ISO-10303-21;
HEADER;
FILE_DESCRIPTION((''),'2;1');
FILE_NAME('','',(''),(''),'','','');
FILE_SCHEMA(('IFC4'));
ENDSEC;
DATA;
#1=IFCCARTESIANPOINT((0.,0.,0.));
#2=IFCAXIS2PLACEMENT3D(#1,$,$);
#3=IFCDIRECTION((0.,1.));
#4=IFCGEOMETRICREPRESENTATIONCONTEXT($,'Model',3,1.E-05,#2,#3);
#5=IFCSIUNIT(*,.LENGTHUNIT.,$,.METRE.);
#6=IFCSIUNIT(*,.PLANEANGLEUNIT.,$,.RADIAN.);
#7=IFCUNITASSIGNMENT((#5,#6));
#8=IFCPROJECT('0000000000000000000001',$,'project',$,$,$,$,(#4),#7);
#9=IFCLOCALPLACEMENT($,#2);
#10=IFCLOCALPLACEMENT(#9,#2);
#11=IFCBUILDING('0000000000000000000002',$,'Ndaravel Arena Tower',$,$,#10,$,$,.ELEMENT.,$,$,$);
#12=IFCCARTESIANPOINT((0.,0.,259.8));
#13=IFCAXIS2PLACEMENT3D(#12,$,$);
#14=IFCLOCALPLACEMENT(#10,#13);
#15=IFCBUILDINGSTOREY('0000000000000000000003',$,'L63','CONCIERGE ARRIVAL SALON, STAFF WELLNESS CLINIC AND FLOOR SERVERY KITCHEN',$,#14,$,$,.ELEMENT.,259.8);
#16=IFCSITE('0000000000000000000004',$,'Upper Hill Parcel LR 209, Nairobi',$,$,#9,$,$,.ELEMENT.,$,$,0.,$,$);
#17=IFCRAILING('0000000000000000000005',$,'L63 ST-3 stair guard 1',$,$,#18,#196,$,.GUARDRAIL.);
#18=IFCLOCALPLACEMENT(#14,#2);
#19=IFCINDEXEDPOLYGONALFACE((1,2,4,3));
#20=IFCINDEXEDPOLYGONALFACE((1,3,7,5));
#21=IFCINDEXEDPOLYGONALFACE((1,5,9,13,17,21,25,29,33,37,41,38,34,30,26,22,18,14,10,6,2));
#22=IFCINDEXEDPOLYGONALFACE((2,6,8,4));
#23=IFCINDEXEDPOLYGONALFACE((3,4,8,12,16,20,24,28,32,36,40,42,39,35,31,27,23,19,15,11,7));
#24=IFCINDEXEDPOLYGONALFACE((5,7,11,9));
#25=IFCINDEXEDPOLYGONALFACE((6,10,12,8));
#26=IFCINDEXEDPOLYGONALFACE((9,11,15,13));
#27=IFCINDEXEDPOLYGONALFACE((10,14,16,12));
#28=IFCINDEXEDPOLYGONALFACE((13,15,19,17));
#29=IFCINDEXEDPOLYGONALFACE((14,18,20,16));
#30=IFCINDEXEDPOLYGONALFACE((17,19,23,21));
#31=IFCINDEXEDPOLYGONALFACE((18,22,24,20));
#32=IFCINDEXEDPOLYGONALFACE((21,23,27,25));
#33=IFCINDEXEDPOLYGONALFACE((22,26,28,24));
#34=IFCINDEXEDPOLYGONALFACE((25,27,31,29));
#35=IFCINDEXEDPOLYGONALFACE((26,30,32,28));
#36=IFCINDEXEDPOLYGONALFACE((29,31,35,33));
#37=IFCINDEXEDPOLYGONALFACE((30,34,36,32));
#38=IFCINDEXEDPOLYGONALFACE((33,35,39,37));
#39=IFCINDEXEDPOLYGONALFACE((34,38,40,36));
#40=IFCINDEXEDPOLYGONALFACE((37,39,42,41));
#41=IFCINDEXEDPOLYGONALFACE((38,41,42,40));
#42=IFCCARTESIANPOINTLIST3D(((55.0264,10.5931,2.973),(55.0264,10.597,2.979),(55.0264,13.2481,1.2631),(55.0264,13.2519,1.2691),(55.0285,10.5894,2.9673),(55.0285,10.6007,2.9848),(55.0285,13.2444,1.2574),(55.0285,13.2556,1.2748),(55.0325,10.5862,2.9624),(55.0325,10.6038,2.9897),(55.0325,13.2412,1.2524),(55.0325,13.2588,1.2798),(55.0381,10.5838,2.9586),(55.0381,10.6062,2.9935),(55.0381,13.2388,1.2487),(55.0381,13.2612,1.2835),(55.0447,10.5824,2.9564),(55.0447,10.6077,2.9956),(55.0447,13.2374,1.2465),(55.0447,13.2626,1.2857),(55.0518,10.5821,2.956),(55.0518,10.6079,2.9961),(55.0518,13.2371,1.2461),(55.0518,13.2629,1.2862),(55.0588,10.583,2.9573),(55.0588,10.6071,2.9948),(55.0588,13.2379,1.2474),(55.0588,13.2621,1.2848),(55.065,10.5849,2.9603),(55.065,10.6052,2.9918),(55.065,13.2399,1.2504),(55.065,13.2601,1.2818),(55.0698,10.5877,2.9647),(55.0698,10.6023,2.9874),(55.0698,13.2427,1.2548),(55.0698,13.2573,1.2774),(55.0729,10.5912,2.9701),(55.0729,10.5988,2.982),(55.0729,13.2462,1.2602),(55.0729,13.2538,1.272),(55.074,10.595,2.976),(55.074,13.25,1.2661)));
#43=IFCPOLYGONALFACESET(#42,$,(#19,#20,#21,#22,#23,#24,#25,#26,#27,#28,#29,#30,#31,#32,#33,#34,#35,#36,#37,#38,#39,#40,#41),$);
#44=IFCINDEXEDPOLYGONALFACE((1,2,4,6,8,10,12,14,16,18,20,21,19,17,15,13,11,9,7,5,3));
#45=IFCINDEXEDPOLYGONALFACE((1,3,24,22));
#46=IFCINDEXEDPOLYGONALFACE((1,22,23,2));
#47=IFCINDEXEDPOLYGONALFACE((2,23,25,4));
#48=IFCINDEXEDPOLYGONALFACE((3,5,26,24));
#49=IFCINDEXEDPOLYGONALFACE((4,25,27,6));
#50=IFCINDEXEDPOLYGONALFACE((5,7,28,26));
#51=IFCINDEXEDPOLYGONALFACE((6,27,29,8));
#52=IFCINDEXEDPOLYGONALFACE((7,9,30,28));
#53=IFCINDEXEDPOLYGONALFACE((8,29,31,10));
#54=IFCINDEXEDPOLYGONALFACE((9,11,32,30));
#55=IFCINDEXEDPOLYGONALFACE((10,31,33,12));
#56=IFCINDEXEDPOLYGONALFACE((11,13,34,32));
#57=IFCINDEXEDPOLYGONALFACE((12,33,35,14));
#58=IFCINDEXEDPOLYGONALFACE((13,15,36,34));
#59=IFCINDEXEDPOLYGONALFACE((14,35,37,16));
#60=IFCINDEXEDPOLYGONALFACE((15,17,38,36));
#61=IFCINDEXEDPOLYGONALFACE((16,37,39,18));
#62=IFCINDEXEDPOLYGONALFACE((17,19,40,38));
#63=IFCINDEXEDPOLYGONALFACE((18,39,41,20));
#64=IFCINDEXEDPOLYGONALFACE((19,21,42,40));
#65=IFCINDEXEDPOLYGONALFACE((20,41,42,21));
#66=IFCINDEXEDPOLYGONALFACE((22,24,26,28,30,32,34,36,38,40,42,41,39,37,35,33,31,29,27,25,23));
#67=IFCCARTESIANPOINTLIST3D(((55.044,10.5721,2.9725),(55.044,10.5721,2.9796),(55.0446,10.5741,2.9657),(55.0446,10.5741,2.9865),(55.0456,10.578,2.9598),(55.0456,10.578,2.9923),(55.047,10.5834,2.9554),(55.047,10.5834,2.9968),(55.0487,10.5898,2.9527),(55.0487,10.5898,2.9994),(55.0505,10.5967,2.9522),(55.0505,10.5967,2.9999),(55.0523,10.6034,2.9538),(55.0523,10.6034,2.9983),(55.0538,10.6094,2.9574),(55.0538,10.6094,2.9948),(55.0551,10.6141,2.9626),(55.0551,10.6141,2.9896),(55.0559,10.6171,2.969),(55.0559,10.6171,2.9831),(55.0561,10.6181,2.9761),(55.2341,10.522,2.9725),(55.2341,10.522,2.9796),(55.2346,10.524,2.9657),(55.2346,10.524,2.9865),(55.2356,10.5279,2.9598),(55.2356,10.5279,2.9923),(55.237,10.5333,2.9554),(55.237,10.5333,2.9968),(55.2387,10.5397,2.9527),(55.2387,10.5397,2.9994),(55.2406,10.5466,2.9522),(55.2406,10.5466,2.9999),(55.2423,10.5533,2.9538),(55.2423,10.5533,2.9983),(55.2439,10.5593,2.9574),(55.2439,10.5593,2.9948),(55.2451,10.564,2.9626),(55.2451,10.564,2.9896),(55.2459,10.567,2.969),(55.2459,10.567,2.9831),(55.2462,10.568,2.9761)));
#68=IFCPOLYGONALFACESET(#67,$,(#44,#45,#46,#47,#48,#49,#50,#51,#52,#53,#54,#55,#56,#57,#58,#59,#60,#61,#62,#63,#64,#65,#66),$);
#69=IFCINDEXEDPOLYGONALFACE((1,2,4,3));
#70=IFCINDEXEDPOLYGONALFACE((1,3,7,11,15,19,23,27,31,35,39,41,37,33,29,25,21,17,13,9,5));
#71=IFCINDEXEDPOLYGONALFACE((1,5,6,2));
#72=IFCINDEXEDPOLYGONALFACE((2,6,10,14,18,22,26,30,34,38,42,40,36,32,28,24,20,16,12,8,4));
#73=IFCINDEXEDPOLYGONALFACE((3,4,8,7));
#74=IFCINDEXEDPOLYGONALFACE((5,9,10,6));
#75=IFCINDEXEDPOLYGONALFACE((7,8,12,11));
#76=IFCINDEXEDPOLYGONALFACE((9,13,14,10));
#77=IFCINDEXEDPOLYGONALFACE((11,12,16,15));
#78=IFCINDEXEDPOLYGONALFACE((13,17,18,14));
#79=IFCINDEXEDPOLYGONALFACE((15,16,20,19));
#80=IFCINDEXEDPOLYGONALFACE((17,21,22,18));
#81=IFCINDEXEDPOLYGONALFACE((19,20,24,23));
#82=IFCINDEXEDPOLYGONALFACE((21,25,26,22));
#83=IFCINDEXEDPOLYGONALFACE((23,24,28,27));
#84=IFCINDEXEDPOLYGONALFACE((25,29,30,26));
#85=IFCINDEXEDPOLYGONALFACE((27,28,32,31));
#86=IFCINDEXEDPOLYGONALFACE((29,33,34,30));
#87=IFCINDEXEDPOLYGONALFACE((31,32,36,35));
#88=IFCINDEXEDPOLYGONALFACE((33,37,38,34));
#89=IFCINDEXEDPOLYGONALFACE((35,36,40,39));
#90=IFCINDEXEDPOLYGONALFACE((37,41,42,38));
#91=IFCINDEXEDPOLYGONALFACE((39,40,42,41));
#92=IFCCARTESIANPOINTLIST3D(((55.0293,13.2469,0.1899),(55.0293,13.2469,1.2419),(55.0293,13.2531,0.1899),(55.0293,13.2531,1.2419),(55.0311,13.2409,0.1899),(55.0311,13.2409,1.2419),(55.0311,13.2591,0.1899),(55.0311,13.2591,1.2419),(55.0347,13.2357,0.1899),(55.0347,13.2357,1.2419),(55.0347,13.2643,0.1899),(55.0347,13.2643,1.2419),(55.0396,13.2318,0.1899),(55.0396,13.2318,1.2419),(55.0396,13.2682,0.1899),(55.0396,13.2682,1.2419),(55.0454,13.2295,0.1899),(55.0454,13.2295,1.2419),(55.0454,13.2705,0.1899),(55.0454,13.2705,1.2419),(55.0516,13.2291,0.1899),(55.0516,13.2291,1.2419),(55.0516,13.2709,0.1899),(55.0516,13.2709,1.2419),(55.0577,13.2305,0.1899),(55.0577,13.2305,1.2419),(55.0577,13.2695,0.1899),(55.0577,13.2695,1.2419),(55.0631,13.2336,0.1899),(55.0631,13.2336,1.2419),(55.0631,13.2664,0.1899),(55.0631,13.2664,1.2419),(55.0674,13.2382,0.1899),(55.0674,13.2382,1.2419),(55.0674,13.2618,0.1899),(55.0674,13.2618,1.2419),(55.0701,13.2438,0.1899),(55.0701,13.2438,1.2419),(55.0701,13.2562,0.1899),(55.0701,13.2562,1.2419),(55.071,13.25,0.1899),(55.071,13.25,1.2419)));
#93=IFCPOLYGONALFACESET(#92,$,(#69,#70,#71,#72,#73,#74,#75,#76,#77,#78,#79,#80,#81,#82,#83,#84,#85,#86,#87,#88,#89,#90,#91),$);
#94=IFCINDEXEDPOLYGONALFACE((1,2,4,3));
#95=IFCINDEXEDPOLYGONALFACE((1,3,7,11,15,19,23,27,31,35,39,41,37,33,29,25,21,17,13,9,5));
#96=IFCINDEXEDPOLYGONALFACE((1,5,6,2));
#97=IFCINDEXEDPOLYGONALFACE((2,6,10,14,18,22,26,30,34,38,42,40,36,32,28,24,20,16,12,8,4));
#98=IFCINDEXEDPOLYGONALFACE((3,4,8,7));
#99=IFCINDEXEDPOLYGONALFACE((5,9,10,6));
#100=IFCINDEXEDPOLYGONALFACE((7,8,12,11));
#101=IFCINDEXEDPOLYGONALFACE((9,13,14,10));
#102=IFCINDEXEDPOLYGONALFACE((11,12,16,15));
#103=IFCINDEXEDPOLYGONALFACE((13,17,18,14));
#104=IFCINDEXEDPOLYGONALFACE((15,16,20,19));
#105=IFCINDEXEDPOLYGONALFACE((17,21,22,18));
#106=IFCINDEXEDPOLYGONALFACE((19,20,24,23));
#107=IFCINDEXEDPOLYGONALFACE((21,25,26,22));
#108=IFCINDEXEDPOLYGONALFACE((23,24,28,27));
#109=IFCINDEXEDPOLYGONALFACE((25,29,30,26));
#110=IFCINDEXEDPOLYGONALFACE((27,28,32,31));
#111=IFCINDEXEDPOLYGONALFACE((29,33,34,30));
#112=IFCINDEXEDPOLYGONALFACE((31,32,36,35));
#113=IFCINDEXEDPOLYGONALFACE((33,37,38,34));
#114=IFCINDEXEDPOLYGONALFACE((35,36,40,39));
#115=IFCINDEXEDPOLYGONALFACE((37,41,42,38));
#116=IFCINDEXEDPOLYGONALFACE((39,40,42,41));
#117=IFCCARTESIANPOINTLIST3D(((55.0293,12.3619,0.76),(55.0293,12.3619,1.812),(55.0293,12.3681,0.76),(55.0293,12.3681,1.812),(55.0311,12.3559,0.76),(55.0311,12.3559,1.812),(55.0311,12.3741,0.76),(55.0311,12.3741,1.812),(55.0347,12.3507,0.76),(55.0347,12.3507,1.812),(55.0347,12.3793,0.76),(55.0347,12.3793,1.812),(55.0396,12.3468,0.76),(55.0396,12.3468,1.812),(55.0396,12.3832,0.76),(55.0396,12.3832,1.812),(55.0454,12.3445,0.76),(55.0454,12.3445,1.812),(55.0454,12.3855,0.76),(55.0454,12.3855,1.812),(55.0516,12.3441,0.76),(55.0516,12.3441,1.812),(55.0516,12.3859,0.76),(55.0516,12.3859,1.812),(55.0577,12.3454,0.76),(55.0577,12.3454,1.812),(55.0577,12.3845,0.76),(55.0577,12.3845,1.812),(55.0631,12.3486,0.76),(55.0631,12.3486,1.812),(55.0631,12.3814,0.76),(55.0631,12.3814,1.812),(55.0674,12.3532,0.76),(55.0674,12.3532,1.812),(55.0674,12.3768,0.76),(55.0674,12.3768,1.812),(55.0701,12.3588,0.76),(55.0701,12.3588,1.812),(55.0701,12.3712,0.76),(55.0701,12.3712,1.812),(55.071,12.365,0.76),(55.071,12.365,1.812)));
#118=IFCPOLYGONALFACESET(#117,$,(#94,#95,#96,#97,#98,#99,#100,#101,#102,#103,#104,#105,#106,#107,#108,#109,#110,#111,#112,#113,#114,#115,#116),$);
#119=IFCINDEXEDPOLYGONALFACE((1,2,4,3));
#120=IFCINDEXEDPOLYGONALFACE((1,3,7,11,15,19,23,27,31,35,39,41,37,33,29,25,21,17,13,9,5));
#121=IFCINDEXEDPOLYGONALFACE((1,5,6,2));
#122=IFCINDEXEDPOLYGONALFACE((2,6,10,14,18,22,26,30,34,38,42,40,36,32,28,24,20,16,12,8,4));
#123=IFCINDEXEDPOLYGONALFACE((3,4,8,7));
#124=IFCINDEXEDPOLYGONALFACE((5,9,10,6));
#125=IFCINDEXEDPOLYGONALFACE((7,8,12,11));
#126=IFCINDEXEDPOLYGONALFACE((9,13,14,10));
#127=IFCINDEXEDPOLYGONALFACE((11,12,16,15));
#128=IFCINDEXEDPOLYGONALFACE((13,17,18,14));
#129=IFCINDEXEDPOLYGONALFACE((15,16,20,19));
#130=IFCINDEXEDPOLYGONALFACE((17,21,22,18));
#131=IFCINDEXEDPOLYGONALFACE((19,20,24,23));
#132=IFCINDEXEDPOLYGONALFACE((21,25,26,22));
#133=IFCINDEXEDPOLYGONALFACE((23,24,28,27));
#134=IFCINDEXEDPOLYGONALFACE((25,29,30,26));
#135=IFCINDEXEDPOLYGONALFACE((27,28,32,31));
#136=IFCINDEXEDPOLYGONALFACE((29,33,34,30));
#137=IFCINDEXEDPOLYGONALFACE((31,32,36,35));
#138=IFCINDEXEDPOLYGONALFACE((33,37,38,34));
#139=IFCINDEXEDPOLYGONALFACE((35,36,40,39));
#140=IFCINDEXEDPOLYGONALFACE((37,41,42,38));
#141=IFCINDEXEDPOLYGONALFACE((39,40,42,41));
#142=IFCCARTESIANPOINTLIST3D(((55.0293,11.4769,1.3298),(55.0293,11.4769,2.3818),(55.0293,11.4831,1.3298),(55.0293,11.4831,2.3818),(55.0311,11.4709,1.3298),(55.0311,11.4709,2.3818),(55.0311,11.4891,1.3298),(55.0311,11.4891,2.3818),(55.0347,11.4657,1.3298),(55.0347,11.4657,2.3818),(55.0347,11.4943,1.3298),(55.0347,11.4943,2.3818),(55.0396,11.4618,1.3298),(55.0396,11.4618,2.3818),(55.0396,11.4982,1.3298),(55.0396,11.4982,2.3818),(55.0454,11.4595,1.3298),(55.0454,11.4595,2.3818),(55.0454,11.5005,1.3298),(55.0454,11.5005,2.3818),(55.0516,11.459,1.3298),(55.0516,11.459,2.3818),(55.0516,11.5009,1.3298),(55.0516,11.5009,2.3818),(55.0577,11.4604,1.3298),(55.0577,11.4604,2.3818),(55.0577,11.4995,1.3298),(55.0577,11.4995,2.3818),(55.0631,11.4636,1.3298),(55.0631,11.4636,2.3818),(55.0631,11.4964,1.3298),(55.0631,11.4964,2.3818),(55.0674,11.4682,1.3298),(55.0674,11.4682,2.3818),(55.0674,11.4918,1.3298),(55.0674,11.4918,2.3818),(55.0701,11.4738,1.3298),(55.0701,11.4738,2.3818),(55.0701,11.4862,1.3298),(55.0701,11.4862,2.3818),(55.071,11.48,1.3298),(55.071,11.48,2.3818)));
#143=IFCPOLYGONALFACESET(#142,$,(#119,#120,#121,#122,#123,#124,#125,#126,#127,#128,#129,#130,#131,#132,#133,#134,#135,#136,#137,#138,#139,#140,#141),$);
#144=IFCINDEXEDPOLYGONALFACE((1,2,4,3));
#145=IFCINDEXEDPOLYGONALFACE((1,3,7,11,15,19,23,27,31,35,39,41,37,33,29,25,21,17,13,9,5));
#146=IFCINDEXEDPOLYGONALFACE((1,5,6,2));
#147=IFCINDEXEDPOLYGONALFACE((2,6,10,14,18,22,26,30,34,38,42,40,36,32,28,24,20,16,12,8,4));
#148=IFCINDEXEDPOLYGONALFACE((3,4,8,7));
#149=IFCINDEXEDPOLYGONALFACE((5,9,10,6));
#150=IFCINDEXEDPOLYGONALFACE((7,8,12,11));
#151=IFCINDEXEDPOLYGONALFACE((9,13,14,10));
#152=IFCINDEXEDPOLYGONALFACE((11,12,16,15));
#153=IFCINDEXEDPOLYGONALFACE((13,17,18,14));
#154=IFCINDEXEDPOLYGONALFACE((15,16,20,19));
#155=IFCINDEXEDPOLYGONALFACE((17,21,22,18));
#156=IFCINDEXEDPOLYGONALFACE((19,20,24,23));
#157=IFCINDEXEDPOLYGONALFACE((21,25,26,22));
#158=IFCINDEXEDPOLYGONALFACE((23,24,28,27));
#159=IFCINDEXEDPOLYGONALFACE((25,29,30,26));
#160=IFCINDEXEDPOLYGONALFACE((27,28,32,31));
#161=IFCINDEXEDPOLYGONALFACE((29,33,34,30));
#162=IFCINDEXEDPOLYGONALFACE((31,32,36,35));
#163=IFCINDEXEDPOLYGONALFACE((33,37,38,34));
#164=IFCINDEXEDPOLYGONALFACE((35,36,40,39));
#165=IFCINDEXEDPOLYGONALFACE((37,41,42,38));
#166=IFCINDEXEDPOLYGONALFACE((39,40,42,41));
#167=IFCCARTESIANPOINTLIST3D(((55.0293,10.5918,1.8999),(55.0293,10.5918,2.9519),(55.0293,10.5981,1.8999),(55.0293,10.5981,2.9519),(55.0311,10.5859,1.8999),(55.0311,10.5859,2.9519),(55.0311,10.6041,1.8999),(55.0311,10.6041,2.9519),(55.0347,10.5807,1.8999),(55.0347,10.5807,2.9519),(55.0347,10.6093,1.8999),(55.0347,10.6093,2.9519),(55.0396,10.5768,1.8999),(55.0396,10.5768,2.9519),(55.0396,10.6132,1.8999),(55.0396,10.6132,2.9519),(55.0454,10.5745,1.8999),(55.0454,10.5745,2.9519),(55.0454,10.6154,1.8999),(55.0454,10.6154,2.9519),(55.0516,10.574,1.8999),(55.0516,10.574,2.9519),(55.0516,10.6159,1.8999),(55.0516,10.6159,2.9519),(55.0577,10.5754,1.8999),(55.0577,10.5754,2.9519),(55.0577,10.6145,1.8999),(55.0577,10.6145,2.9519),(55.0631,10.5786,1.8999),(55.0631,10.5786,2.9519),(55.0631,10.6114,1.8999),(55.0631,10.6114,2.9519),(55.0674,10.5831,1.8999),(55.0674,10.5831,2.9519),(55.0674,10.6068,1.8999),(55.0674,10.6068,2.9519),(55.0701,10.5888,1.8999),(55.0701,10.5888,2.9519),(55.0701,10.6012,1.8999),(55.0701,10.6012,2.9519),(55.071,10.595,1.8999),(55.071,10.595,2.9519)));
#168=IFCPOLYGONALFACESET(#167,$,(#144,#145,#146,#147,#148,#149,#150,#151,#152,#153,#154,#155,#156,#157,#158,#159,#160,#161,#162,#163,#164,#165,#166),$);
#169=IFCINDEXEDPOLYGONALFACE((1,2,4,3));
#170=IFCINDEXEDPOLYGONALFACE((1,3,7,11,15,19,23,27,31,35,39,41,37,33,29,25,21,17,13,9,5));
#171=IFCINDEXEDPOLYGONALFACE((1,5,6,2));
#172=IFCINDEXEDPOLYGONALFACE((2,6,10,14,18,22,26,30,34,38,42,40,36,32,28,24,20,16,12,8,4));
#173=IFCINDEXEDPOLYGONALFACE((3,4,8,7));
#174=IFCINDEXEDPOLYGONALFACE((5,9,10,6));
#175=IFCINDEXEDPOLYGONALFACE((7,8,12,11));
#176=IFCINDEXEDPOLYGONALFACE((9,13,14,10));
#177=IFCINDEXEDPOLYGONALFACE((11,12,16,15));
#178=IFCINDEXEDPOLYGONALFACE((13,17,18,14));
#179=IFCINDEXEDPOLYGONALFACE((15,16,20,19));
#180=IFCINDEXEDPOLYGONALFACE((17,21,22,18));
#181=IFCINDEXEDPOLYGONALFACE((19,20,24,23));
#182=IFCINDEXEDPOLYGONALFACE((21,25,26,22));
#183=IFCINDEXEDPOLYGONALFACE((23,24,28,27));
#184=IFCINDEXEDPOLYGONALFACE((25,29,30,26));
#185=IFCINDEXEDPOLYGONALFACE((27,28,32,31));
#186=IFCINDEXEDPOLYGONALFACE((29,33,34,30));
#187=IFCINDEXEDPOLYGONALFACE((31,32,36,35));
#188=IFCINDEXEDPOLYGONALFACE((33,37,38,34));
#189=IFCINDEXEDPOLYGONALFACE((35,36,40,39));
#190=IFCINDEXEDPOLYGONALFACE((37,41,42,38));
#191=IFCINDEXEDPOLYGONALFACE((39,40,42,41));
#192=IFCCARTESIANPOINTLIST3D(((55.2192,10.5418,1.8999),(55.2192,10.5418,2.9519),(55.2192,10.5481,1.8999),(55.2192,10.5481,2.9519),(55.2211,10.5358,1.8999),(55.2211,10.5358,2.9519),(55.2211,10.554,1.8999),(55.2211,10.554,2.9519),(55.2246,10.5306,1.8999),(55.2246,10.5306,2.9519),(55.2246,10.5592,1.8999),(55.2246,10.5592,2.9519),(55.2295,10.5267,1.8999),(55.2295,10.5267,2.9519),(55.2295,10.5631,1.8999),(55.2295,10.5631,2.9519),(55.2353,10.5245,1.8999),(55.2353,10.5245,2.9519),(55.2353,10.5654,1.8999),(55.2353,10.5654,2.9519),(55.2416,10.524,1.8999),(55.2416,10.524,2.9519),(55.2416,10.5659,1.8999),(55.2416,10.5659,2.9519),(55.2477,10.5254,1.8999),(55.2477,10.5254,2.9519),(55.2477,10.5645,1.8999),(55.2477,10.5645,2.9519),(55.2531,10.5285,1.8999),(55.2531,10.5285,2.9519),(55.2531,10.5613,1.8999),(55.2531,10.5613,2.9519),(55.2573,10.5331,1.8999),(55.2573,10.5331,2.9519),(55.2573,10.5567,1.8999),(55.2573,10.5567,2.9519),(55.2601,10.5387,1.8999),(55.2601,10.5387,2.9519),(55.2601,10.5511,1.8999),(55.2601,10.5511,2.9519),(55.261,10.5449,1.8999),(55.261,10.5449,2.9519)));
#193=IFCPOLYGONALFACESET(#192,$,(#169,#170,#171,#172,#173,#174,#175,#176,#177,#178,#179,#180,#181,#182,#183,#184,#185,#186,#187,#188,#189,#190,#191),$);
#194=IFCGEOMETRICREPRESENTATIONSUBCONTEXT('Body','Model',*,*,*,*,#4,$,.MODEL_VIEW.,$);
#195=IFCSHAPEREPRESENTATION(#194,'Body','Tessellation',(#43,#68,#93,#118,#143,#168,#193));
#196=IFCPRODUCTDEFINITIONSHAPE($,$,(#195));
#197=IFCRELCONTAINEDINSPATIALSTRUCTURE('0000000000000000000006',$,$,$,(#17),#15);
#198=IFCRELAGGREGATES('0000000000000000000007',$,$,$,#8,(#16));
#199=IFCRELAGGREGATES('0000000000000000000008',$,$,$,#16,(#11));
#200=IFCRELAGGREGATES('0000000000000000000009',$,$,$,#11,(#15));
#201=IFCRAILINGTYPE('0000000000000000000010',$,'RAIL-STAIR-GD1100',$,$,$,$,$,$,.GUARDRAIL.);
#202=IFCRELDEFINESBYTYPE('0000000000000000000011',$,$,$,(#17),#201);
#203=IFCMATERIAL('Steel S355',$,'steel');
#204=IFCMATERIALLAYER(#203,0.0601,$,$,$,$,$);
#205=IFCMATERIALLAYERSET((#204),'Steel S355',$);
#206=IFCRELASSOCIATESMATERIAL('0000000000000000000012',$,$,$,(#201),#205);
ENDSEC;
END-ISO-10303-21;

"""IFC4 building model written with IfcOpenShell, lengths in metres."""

from ifc_helpers import new_model, si_unit, direction, frame, origin, origin_2d, place, context, subcontext, project, spatial, circle, extrude, material, layer, layer_set, type_object, element, save


model = new_model("IFC4")

# Units and contexts
model_context = context("Model", 3, precision=1e-05, world=origin(), true_north=direction((0.0, 1.0)))
body_context = subcontext(model_context, "Body", "Model", "MODEL_VIEW")
ifc_project = project(units=[si_unit("LENGTHUNIT", "METRE"), si_unit("PLANEANGLEUNIT", "RADIAN")], contexts=[model_context])

# Site, building, storey
site_placement = place(None, origin())
site = spatial("IfcSite", under=ifc_project, at=site_placement, Name="Upper Hill Parcel LR 209, Nairobi", CompositionType="ELEMENT", RefElevation=0.0)
building_placement = place(site_placement, origin())
building = spatial("IfcBuilding", under=site, at=building_placement, Name="Ndaravel Arena Tower", CompositionType="ELEMENT")
storey_placement = place(building_placement, frame((0.0, 0.0, 259.8)))
storey = spatial("IfcBuildingStorey", under=building, at=storey_placement, Name="L63", Description="CONCIERGE ARRIVAL SALON, STAFF WELLNESS CLINIC AND FLOOR SERVERY KITCHEN", CompositionType="ELEMENT", Elevation=259.8)

# Railing
ifc_material_1 = material(Name="Steel S355", Category="steel")
ifc_layer_1 = layer(ifc_material_1, 0.0601)
ifc_layer_set_1 = layer_set([ifc_layer_1], Name="Steel S355")
railing_type_1 = type_object("IfcRailingType", Name="RAIL-STAIR-GD1100", PredefinedType="GUARDRAIL", material=ifc_layer_set_1)
railing_1_placement = place(storey_placement, frame((55.05, 13.25, 0.1899)))
element("IfcRailing", 1, at=railing_1_placement, inside=storey, type_object=railing_type_1, Name="L63 ST-3 stair guard 1", PredefinedType="GUARDRAIL", context=body_context, shape_type="SweptSolid", body=[
    extrude(circle(Radius=0.0239, at=origin_2d()), frame((0.0, 0.0, 1.0762), z_axis=(0.0, -0.840724, 0.541465), x_axis=(1.0, 0.0, 0.0)), (0.0, 0.0, 1.0), 3.158),
    extrude(circle(Radius=0.0239, at=origin_2d()), frame((0.0, -2.655, 2.7861), z_axis=(0.966994, -0.254799, 0.0), x_axis=(0.254799, 0.966994, 0.0)), (0.0, 0.0, 1.0), 0.1965),
    extrude(circle(Radius=0.021, at=origin_2d()), origin(), (0.0, 0.0, 1.0), 1.052),
    extrude(circle(Radius=0.021, at=origin_2d()), frame((0.0, -0.885, 0.5701)), (0.0, 0.0, 1.0), 1.052),
    extrude(circle(Radius=0.021, at=origin_2d()), frame((0.0, -1.77, 1.1399)), (0.0, 0.0, 1.0), 1.052),
    extrude(circle(Radius=0.021, at=origin_2d()), frame((0.0, -2.655, 1.71)), (0.0, 0.0, 1.0), 1.052),
    extrude(circle(Radius=0.021, at=origin_2d()), frame((0.1899, -2.7051, 1.71)), (0.0, 0.0, 1.0), 1.052),
])

save(model, "model.ifc")
